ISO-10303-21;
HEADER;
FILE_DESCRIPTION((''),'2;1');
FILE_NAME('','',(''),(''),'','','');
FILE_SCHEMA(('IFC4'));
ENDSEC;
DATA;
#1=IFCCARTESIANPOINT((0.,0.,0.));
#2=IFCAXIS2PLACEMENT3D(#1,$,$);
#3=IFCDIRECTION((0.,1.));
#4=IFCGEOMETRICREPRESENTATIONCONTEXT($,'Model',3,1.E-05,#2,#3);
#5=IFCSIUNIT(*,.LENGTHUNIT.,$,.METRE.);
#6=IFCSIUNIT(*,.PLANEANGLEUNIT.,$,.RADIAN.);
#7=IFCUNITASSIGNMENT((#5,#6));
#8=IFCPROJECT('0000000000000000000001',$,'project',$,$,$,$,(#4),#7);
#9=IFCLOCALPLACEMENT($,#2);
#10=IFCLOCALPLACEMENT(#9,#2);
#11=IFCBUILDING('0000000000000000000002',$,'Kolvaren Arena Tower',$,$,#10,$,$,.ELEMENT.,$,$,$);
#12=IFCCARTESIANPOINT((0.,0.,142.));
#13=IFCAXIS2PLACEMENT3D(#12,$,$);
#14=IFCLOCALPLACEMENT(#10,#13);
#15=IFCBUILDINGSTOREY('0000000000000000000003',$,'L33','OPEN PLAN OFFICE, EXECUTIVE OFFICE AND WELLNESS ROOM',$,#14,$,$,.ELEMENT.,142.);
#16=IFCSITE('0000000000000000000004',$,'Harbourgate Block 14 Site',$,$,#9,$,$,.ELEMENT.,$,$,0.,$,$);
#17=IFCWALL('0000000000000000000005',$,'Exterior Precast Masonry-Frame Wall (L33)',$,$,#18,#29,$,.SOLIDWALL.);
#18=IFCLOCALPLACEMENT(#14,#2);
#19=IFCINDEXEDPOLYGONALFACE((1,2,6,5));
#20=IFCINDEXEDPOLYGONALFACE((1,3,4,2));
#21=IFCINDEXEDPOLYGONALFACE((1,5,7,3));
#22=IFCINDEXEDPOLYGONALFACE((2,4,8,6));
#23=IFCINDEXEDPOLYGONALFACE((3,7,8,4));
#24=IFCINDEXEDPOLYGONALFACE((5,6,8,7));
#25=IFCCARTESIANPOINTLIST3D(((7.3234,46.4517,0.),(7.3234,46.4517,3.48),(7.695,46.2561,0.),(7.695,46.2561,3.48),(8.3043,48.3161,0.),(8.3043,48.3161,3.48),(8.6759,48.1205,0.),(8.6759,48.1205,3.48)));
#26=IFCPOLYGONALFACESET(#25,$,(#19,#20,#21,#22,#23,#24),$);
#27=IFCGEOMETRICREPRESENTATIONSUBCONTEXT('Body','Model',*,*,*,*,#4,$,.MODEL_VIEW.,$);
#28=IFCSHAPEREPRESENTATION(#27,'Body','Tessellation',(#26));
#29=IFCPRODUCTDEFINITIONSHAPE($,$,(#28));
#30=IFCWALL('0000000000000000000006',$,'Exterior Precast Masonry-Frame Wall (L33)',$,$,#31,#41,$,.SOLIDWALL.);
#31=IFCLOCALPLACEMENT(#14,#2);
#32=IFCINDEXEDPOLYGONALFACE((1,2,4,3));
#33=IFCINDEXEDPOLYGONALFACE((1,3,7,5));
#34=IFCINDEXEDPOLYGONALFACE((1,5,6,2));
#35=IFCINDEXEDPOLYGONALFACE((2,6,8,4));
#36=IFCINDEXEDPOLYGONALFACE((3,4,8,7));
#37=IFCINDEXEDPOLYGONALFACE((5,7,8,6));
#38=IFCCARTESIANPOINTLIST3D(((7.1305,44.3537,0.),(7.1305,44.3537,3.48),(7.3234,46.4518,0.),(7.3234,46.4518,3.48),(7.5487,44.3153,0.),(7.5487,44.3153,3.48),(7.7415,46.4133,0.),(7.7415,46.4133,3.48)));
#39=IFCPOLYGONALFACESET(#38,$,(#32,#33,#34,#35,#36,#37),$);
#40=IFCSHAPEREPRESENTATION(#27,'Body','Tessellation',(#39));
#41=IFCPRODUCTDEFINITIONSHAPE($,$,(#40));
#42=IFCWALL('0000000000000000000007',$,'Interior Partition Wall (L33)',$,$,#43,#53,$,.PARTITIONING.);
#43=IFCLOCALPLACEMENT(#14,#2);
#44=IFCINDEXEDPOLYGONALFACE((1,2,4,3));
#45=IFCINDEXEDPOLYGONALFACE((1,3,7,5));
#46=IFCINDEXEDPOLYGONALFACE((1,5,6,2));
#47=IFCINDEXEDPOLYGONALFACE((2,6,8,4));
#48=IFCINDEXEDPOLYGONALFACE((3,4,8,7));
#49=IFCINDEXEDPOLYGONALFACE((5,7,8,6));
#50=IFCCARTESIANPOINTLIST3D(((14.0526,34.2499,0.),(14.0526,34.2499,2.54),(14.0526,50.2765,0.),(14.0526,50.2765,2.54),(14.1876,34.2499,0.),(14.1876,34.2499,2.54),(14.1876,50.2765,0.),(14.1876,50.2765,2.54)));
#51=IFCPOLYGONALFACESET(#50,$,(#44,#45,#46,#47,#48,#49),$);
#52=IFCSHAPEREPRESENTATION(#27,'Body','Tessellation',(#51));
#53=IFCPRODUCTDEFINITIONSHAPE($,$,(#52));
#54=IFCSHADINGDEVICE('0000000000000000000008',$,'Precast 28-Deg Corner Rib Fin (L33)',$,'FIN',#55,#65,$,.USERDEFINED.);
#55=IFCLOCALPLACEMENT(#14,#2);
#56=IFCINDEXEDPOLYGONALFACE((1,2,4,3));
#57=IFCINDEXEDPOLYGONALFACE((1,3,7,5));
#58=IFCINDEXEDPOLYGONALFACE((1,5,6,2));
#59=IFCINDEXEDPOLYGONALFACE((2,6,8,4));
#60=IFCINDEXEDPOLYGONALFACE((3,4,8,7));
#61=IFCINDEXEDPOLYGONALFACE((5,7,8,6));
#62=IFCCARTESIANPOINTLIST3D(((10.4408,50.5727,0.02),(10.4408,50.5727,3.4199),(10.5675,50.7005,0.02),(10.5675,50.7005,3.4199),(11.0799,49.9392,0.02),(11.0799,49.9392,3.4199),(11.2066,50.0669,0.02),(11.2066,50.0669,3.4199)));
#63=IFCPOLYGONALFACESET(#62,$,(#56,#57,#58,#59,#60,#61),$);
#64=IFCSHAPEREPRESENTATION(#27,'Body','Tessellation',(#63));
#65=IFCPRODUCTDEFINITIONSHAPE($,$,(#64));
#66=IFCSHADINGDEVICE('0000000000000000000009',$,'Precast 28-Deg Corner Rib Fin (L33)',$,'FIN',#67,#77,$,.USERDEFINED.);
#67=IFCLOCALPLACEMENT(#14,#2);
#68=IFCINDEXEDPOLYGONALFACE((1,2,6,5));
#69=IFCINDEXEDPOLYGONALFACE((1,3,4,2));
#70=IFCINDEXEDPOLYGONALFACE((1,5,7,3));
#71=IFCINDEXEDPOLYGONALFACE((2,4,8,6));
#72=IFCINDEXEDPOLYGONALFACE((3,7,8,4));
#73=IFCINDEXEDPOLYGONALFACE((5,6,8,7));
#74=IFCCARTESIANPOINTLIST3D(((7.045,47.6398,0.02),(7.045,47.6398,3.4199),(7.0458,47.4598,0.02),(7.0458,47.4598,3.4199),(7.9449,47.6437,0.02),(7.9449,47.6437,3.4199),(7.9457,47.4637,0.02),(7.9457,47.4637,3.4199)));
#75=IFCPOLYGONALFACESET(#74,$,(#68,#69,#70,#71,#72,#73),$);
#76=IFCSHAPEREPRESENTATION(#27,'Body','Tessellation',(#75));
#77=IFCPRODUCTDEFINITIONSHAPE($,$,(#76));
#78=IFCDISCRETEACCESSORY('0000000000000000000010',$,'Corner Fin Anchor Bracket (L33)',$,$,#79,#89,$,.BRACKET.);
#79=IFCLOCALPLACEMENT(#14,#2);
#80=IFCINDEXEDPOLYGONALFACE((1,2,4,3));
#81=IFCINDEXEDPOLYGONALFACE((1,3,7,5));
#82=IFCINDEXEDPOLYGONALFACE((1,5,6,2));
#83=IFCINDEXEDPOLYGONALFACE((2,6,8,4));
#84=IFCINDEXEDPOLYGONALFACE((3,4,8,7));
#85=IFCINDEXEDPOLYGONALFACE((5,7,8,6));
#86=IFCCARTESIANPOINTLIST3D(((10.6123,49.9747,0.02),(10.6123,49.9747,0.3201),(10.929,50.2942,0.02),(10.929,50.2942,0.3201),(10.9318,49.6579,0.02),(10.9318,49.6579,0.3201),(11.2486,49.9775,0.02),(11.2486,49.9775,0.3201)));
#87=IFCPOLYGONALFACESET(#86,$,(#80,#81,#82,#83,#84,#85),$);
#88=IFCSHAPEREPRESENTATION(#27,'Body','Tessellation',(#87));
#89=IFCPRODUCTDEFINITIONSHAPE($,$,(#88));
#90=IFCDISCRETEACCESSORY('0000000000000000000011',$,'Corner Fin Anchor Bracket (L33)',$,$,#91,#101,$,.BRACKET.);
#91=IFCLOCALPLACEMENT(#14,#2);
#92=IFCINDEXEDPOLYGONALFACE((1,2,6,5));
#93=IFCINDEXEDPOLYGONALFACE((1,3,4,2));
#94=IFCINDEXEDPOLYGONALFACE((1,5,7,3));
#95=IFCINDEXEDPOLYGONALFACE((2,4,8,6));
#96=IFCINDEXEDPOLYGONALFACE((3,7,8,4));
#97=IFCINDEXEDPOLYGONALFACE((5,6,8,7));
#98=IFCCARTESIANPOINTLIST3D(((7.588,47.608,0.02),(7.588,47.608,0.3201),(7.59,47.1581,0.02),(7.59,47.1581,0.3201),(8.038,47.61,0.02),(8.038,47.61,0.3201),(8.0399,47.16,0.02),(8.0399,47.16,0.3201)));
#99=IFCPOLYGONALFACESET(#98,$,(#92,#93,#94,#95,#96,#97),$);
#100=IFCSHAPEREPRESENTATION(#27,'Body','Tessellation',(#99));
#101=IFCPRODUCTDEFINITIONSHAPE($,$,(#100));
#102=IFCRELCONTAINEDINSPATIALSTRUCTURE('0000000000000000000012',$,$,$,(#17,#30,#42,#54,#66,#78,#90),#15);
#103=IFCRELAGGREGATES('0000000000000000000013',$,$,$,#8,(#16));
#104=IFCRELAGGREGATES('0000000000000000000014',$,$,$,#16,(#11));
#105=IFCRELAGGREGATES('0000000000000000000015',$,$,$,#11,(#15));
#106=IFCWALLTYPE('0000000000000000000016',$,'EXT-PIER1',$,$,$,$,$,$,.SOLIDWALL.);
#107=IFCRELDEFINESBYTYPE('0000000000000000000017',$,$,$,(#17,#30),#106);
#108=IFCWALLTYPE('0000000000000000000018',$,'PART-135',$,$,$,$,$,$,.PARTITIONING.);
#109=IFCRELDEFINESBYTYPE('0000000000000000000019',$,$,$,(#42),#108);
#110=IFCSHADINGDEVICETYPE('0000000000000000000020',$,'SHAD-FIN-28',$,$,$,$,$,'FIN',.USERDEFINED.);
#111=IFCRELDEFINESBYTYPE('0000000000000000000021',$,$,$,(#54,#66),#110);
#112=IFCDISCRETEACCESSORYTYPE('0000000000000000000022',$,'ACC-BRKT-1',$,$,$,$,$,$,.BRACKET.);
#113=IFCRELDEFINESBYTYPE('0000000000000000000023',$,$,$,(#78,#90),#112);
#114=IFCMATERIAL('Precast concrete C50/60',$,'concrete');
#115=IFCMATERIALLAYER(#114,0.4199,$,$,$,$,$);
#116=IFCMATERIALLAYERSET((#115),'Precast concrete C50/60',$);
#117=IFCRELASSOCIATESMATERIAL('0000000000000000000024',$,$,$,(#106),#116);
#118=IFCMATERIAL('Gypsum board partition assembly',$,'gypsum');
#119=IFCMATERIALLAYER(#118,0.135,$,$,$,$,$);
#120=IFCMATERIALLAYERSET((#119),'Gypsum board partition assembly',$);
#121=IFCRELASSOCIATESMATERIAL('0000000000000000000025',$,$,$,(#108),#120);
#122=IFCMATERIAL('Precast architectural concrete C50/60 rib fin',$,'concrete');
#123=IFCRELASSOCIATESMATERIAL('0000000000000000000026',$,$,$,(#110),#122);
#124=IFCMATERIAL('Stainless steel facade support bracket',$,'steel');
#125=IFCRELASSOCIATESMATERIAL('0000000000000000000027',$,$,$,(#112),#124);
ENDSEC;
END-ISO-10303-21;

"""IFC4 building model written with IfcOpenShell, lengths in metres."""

from ifc_helpers import new_model, si_unit, direction, frame, frame_2d, origin, origin_2d, place, context, subcontext, project, spatial, rectangle, extrude, material, layer, layer_set, type_object, element, save


model = new_model("IFC4")

# Units and contexts
model_context = context("Model", 3, precision=1e-05, world=origin(), true_north=direction((0.0, 1.0)))
body_context = subcontext(model_context, "Body", "Model", "MODEL_VIEW")
ifc_project = project(units=[si_unit("LENGTHUNIT", "METRE"), si_unit("PLANEANGLEUNIT", "RADIAN")], contexts=[model_context])

# Site, building, storey
site_placement = place(None, origin())
site = spatial("IfcSite", under=ifc_project, at=site_placement, Name="Harbourgate Block 14 Site", CompositionType="ELEMENT", RefElevation=0.0)
building_placement = place(site_placement, origin())
building = spatial("IfcBuilding", under=site, at=building_placement, Name="Kolvaren Arena Tower", CompositionType="ELEMENT")
storey_placement = place(building_placement, frame((0.0, 0.0, 142.0)))
storey = spatial("IfcBuildingStorey", under=building, at=storey_placement, Name="L33", Description="OPEN PLAN OFFICE, EXECUTIVE OFFICE AND WELLNESS ROOM", CompositionType="ELEMENT", Elevation=142.0)

# Shared definitions
ifc_material_1 = material(Name="Precast concrete C50/60", Category="concrete")
ifc_layer_1 = layer(ifc_material_1, 0.4199)
ifc_layer_set_1 = layer_set([ifc_layer_1], Name="Precast concrete C50/60")
wall_type_1 = type_object("IfcWallType", Name="EXT-PIER1", PredefinedType="SOLIDWALL", material=ifc_layer_set_1)

# Walls
wall_1_placement = place(storey_placement, frame((7.5093, 46.354, 0.0), z_axis=(0.0, 0.0, 1.0), x_axis=(0.465613, 0.884989, 0.0)))
element("IfcWall", 1, at=wall_1_placement, inside=storey, type_object=wall_type_1, Name="Exterior Precast Masonry-Frame Wall (L33)", PredefinedType="SOLIDWALL", context=body_context, shape_type="SweptSolid", body=[
    extrude(rectangle(XDim=2.1067, YDim=0.4199, at=frame_2d((1.0532, 0.0))), origin(), (0.0, 0.0, 1.0), 3.48),
])
wall_2_placement = place(storey_placement, frame((7.3396, 44.3345, 0.0), z_axis=(0.0, 0.0, 1.0), x_axis=(0.091539, 0.995802, 0.0)))
element("IfcWall", 2, at=wall_2_placement, inside=storey, type_object=wall_type_1, Name="Exterior Precast Masonry-Frame Wall (L33)", PredefinedType="SOLIDWALL", context=body_context, shape_type="SweptSolid", body=[
    extrude(rectangle(XDim=2.1069, YDim=0.4199, at=frame_2d((1.0535, 0.0))), origin(), (0.0, 0.0, 1.0), 3.48),
])
ifc_material_2 = material(Name="Gypsum board partition assembly", Category="gypsum")
ifc_layer_2 = layer(ifc_material_2, 0.135)
ifc_layer_set_2 = layer_set([ifc_layer_2], Name="Gypsum board partition assembly")
wall_type_2 = type_object("IfcWallType", Name="PART-135", PredefinedType="PARTITIONING", material=ifc_layer_set_2)
wall_3_placement = place(storey_placement, frame((14.1201, 34.25, 0.0), z_axis=(0.0, 0.0, 1.0), x_axis=(0.0, 1.0, 0.0)))
element("IfcWall", 3, at=wall_3_placement, inside=storey, type_object=wall_type_2, Name="Interior Partition Wall (L33)", PredefinedType="PARTITIONING", context=body_context, shape_type="SweptSolid", body=[
    extrude(rectangle(XDim=16.0266, YDim=0.135, at=frame_2d((8.0132, 0.0))), origin(), (0.0, 0.0, 1.0), 2.54),
])

# Shading devices
ifc_material_3 = material(Name="Precast architectural concrete C50/60 rib fin", Category="concrete")
shading_device_type = type_object("IfcShadingDeviceType", Name="SHAD-FIN-28", ElementType="FIN", PredefinedType="USERDEFINED", material=ifc_material_3)
for number, where, z_axis, x_axis, name in (
    (4, (10.8237, 50.3198, 0.02), (0.0, 0.0, 1.0), (-0.710184, 0.704016, 0.0), "Precast 28-Deg Corner Rib Fin (L33)"),
    (5, (7.4954, 47.5518, 0.02), (0.0, 0.0, 1.0), (-0.999991, -0.004349, 0.0), "Precast 28-Deg Corner Rib Fin (L33)"),
):
    element("IfcShadingDevice", number, at=place(storey_placement, frame(where, z_axis=z_axis, x_axis=x_axis)), inside=storey, type_object=shading_device_type, Name=name, ObjectType="FIN", PredefinedType="USERDEFINED", context=body_context, shape_type="SweptSolid", body=[
        extrude(rectangle(XDim=0.8999, YDim=0.1799, at=origin_2d()), origin(), (0.0, 0.0, 1.0), 3.3999),
    ])

# Discrete accessories
ifc_material_4 = material(Name="Stainless steel facade support bracket", Category="steel")
discrete_accessory_type = type_object("IfcDiscreteAccessoryType", Name="ACC-BRKT-1", PredefinedType="BRACKET", material=ifc_material_4)
for number, where, z_axis, x_axis, name in (
    (6, (10.9304, 49.9761, 0.02), (0.0, 0.0, 1.0), (-0.710184, 0.704016, 0.0), "Corner Fin Anchor Bracket (L33)"),
    (7, (7.814, 47.384, 0.02), (0.0, 0.0, 1.0), (-0.999991, -0.004349, 0.0), "Corner Fin Anchor Bracket (L33)"),
):
    element("IfcDiscreteAccessory", number, at=place(storey_placement, frame(where, z_axis=z_axis, x_axis=x_axis)), inside=storey, type_object=discrete_accessory_type, Name=name, PredefinedType="BRACKET", context=body_context, shape_type="SweptSolid", body=[
        extrude(rectangle(XDim=0.45, YDim=0.45, at=origin_2d()), origin(), (0.0, 0.0, 1.0), 0.3),
    ])

save(model, "model.ifc")
